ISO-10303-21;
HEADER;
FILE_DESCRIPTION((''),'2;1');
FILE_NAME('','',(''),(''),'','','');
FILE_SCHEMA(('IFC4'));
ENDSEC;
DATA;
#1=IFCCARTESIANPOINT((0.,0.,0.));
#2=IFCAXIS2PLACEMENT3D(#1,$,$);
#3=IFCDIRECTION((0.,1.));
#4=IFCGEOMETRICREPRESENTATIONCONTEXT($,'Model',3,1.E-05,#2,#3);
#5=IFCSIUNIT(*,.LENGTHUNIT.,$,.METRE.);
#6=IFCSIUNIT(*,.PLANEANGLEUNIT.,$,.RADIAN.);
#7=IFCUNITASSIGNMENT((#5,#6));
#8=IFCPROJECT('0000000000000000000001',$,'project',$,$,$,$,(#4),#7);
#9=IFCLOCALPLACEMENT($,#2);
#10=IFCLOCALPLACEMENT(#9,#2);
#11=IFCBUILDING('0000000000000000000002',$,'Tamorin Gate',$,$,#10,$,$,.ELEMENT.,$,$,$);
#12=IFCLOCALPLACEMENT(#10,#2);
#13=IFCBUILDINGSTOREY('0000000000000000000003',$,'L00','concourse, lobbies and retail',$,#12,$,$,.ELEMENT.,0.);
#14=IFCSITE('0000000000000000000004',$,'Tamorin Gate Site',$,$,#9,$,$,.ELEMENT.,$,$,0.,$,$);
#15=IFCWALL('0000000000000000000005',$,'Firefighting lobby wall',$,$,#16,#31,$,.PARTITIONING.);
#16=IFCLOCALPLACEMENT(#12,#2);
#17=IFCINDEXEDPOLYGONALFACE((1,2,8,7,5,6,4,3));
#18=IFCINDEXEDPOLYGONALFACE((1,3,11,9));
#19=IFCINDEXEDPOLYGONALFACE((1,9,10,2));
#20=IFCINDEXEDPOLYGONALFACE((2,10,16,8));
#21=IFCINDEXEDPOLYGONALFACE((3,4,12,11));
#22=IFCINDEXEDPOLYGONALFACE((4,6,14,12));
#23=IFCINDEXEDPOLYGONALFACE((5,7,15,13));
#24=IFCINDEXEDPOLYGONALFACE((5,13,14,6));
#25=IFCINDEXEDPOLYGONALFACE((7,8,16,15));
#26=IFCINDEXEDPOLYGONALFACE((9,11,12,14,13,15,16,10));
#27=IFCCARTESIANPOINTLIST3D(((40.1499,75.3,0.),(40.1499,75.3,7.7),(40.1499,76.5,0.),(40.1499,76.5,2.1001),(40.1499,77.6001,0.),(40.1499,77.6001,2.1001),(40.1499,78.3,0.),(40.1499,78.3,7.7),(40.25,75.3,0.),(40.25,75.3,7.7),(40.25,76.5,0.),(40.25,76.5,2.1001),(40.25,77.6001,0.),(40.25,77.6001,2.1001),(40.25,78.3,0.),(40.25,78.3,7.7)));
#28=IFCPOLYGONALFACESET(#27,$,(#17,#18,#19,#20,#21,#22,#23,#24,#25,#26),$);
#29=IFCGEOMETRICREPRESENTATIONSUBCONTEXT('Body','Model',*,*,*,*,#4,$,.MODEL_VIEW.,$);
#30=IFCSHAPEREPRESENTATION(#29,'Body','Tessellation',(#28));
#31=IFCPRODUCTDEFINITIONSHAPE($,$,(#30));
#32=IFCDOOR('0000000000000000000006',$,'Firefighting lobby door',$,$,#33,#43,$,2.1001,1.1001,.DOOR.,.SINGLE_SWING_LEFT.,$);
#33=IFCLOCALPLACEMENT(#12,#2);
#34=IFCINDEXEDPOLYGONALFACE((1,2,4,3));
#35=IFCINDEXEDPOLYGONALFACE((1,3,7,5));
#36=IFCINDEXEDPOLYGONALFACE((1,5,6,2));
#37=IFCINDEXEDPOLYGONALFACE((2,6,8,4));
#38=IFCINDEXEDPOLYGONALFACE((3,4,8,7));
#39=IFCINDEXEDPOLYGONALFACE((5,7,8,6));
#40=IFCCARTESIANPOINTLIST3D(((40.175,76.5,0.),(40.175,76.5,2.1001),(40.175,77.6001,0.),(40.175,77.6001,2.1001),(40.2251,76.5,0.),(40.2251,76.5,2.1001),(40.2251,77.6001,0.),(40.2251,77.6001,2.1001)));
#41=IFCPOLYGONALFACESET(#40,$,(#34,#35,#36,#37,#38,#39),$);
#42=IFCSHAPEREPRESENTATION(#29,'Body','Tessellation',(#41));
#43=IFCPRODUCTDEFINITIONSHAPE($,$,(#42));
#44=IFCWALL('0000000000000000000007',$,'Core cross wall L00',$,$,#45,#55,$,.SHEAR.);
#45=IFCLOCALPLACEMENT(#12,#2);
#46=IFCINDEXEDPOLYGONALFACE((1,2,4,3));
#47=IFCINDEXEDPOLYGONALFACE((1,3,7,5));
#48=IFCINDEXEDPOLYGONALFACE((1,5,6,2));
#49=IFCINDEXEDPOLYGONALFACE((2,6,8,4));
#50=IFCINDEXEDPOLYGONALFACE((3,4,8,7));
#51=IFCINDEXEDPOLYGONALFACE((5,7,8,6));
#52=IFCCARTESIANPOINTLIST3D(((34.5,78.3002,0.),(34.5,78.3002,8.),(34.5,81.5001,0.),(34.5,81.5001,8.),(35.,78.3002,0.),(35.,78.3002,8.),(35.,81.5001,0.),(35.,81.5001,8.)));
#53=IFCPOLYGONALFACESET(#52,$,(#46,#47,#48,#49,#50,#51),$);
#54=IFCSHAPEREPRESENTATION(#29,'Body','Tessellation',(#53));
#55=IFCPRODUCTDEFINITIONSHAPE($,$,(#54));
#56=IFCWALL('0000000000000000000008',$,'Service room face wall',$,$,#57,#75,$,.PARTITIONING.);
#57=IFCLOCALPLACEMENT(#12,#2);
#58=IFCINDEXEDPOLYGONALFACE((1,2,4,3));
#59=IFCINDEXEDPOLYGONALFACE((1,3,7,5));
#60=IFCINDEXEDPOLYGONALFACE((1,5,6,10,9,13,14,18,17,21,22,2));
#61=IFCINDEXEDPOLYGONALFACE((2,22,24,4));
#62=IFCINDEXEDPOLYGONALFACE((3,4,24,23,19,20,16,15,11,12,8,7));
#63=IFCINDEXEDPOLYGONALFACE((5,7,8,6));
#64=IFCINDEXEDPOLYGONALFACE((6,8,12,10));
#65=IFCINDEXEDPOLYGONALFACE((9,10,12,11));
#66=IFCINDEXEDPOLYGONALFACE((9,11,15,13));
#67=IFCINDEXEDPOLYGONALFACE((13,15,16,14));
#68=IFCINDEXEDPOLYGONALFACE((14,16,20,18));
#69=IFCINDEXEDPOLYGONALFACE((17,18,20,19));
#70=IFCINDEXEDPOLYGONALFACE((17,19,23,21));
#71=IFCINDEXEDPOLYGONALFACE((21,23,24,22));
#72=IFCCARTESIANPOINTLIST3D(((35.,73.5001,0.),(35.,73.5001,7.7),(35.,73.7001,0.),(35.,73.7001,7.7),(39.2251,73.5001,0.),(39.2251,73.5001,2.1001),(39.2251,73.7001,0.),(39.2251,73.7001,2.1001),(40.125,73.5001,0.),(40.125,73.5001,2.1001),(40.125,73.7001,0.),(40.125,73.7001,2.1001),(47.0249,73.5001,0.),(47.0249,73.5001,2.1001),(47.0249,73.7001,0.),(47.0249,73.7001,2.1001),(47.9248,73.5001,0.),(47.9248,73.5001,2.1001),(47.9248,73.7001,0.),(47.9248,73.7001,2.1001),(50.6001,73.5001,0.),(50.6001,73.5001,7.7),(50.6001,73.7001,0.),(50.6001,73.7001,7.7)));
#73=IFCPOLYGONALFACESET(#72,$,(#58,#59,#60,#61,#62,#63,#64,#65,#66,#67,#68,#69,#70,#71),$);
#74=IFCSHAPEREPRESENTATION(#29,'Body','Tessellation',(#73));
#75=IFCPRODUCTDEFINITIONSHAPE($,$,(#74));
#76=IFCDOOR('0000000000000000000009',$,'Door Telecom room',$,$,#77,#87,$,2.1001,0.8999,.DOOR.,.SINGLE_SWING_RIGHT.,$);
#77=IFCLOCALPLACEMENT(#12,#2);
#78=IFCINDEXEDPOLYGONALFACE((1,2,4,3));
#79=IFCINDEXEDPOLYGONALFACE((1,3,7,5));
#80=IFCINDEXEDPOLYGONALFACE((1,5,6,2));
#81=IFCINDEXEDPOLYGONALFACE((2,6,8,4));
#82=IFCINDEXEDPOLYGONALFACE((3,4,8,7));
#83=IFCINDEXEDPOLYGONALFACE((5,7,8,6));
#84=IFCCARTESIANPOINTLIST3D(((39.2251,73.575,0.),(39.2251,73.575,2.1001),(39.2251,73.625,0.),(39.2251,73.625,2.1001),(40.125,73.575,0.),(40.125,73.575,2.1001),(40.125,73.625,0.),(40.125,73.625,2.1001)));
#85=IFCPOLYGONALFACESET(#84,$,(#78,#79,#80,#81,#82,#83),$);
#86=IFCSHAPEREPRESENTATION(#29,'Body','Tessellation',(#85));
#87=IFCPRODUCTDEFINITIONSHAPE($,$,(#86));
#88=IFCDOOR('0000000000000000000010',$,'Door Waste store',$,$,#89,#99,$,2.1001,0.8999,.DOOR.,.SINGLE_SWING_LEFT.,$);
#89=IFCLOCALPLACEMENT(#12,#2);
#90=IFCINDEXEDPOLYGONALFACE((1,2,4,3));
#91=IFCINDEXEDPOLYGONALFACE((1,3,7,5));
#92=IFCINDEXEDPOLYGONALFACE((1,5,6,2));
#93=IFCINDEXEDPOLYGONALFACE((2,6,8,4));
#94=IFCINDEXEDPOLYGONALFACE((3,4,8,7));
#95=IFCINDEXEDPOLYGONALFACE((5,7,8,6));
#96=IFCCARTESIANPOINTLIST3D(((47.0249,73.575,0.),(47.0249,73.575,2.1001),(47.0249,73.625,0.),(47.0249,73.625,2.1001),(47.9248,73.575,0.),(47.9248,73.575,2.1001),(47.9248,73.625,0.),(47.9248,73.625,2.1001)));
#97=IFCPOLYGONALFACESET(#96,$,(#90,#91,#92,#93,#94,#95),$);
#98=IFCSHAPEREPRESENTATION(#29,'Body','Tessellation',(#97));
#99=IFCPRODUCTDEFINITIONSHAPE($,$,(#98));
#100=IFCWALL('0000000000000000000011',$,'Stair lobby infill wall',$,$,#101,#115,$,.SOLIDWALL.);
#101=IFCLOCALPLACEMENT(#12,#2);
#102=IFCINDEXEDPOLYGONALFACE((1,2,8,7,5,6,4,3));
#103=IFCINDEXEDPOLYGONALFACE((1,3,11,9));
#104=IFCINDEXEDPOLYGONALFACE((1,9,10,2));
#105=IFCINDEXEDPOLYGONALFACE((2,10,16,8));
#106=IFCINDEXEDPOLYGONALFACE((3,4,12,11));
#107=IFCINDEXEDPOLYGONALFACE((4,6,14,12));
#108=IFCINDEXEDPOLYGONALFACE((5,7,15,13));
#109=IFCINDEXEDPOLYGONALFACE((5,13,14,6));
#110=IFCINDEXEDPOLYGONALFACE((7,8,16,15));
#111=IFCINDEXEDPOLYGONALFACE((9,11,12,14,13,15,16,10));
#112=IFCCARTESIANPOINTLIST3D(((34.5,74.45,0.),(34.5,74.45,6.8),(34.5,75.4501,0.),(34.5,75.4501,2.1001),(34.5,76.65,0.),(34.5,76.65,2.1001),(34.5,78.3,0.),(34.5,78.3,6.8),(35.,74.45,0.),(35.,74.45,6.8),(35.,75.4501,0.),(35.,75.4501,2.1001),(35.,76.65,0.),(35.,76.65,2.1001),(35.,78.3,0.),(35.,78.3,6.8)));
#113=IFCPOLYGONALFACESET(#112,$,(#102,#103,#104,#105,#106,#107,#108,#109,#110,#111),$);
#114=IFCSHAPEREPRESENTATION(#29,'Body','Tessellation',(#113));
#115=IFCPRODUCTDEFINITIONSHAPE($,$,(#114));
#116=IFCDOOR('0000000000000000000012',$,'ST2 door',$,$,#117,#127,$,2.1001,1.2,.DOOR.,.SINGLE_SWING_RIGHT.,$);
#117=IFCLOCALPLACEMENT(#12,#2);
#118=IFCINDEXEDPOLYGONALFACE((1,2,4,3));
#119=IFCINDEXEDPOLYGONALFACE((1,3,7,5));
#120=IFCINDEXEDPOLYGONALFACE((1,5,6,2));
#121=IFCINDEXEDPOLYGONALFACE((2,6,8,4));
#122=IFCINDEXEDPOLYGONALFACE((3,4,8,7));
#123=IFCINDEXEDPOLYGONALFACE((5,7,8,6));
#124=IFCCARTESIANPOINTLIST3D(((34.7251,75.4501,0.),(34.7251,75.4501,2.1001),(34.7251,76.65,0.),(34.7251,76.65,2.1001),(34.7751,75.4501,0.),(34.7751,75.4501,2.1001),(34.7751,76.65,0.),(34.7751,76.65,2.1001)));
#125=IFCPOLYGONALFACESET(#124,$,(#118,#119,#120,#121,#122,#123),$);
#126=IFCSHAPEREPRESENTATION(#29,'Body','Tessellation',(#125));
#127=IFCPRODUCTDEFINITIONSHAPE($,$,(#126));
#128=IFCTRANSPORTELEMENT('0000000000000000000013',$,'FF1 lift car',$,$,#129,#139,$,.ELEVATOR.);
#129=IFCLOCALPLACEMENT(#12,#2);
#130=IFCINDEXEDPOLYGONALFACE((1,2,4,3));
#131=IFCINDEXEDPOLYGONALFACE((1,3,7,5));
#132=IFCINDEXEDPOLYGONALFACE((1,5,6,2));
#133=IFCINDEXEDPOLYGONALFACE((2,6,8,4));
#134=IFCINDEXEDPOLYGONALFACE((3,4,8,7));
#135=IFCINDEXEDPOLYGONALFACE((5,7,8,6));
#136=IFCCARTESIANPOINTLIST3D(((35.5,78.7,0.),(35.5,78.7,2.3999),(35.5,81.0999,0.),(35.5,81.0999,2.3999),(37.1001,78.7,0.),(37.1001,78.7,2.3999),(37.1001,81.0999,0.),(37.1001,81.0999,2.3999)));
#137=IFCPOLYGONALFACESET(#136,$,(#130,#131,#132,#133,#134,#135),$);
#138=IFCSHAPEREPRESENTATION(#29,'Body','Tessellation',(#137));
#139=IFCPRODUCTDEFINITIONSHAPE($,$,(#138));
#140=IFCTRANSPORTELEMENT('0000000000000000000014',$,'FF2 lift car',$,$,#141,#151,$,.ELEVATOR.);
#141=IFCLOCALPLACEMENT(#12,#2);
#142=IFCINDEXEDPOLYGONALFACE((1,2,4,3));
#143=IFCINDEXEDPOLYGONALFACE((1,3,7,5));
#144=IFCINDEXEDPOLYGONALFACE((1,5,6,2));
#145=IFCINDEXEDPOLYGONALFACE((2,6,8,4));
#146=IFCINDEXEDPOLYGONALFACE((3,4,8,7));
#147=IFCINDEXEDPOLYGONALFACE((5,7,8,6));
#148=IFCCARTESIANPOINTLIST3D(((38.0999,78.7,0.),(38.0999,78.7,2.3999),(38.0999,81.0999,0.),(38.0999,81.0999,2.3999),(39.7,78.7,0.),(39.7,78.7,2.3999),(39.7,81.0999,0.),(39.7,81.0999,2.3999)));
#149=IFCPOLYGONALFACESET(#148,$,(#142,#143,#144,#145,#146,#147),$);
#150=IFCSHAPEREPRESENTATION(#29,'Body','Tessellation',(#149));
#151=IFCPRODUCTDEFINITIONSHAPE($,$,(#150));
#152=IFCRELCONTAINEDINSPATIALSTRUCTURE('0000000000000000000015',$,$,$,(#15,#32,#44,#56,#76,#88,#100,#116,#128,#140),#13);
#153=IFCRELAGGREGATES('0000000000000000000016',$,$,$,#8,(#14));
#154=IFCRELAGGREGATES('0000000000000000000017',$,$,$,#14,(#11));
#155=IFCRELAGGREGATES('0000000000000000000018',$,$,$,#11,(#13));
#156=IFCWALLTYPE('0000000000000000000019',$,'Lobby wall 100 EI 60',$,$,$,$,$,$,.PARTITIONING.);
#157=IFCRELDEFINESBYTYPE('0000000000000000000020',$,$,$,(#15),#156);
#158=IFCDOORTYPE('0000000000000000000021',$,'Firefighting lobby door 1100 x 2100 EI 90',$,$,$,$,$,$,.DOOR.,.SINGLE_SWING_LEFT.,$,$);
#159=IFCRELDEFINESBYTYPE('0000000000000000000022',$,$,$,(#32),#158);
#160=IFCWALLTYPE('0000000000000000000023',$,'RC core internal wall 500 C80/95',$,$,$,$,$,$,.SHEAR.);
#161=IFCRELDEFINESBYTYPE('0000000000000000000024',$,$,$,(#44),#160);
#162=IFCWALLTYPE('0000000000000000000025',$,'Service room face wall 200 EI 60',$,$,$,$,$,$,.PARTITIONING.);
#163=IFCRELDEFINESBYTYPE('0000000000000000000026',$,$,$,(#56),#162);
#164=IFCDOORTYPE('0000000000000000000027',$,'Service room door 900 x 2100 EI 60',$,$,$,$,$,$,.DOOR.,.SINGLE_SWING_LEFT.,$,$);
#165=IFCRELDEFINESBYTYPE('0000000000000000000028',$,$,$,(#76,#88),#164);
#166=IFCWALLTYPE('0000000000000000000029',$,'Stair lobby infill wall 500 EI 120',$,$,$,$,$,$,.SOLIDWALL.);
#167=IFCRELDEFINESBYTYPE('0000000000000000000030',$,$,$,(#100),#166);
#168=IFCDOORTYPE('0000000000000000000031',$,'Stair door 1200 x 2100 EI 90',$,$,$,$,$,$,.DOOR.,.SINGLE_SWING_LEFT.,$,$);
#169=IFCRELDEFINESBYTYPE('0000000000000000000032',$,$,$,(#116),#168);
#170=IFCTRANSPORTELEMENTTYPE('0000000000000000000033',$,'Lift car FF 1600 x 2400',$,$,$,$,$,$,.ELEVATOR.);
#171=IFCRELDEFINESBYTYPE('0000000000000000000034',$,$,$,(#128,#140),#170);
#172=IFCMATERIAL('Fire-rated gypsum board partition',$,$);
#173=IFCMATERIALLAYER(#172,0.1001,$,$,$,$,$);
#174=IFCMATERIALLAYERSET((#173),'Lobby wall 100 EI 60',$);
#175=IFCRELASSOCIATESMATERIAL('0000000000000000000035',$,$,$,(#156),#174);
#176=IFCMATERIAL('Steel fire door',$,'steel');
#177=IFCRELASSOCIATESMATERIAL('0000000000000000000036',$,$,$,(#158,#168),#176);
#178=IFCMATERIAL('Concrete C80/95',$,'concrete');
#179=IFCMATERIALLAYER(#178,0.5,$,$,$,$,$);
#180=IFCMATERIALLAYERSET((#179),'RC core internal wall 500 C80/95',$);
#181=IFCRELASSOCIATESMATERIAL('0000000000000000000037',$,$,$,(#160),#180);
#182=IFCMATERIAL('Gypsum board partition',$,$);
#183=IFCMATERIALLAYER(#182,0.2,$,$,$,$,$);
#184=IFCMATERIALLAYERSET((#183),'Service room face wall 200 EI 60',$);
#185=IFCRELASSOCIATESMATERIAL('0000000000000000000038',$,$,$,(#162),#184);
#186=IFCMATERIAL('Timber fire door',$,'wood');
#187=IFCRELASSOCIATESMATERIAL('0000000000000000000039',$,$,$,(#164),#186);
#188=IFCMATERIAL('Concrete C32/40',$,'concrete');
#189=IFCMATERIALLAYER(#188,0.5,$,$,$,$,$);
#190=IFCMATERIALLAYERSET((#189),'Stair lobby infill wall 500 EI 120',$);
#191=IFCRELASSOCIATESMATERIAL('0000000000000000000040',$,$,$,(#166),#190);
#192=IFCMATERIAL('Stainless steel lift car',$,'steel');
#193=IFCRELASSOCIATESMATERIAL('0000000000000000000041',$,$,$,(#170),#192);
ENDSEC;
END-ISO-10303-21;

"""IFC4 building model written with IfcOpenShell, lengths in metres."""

from ifc_helpers import new_model, si_unit, direction, frame, frame_2d, origin, origin_2d, place, context, subcontext, project, spatial, rectangle, extrude, material, layer, layer_set, type_object, element, fill, save


model = new_model("IFC4")

# Units and contexts
model_context = context("Model", 3, precision=1e-05, world=origin(), true_north=direction((0.0, 1.0)))
body_context = subcontext(model_context, "Body", "Model", "MODEL_VIEW")
ifc_project = project(units=[si_unit("LENGTHUNIT", "METRE"), si_unit("PLANEANGLEUNIT", "RADIAN")], contexts=[model_context])

# Site, building, storey
site_placement = place(None, origin())
site = spatial("IfcSite", under=ifc_project, at=site_placement, Name="Tamorin Gate Site", CompositionType="ELEMENT", RefElevation=0.0)
building_placement = place(site_placement, origin())
building = spatial("IfcBuilding", under=site, at=building_placement, Name="Tamorin Gate", CompositionType="ELEMENT")
storey_placement = place(building_placement, origin())
storey = spatial("IfcBuildingStorey", under=building, at=storey_placement, Name="L00", Description="concourse, lobbies and retail", CompositionType="ELEMENT", Elevation=0.0)

# Shared definitions
ifc_material_1 = material(Name="Concrete C80/95", Category="concrete")

# Shared definitions
ifc_material_2 = material(Name="Concrete C32/40", Category="concrete")

# Shared definitions
ifc_material_3 = material(Name="Fire-rated gypsum board partition")
ifc_layer_1 = layer(ifc_material_3, 0.1001)
ifc_layer_set_1 = layer_set([ifc_layer_1], Name="Lobby wall 100 EI 60")
wall_type_1 = type_object("IfcWallType", Name="Lobby wall 100 EI 60", PredefinedType="PARTITIONING", material=ifc_layer_set_1)

# Wall, opening, door
wall_1_placement = place(storey_placement, frame((40.2, 75.3, 0.0), z_axis=(0.0, 0.0, 1.0), x_axis=(0.0, 1.0, 0.0)))
wall_1 = element("IfcWall", 1, at=wall_1_placement, inside=storey, type_object=wall_type_1, Name="Firefighting lobby wall", PredefinedType="PARTITIONING", context=body_context, shape_type="SweptSolid", body=[
    extrude(rectangle(XDim=3.0, YDim=0.1001, at=frame_2d((1.5, 0.0))), origin(), (0.0, 0.0, 1.0), 7.7),
])
opening_1_placement = place(wall_1_placement, frame((1.2, 0.0, 0.0)))
opening_1 = element("IfcOpeningElement", 2, at=opening_1_placement, cuts=wall_1, PredefinedType="OPENING", context=body_context, shape_type="SweptSolid", body=[
    extrude(rectangle(XDim=1.1001, YDim=2.1001, at=frame_2d((0.55, 1.05))), frame((0.0, 0.0601, 0.0), z_axis=(0.0, -1.0, 0.0), x_axis=(1.0, 0.0, 0.0)), (0.0, 0.0, 1.0), 0.1201),
])
ifc_material_4 = material(Name="Steel fire door", Category="steel")
door_type_1 = type_object("IfcDoorType", Name="Firefighting lobby door 1100 x 2100 EI 90", OperationType="SINGLE_SWING_LEFT", PredefinedType="DOOR", material=ifc_material_4)
door_1_placement = place(opening_1_placement, origin())
door_1 = element("IfcDoor", 3, at=door_1_placement, inside=storey, type_object=door_type_1, Name="Firefighting lobby door", OperationType="SINGLE_SWING_LEFT", OverallHeight=2.1001, OverallWidth=1.1001, PredefinedType="DOOR", context=body_context, shape_type="SweptSolid", body=[
    extrude(rectangle(XDim=1.1001, YDim=2.1001, at=frame_2d((0.55, 1.05))), frame((0.0, 0.0249, 0.0), z_axis=(0.0, -1.0, 0.0), x_axis=(1.0, 0.0, 0.0)), (0.0, 0.0, 1.0), 0.05),
])
fill(opening_1, door_1)

# Wall
ifc_layer_2 = layer(ifc_material_1, 0.5)
ifc_layer_set_2 = layer_set([ifc_layer_2], Name="RC core internal wall 500 C80/95")
wall_type_2 = type_object("IfcWallType", Name="RC core internal wall 500 C80/95", PredefinedType="SHEAR", material=ifc_layer_set_2)
wall_2_placement = place(storey_placement, frame((34.75, 78.3, 0.0), z_axis=(0.0, 0.0, 1.0), x_axis=(0.0, 1.0, 0.0)))
element("IfcWall", 4, at=wall_2_placement, inside=storey, type_object=wall_type_2, Name="Core cross wall L00", PredefinedType="SHEAR", context=body_context, shape_type="SweptSolid", body=[
    extrude(rectangle(XDim=3.2, YDim=0.5, at=frame_2d((1.6001, 0.0))), origin(), (0.0, 0.0, 1.0), 8.0),
])

# Wall, openings, doors
ifc_material_5 = material(Name="Gypsum board partition")
ifc_layer_3 = layer(ifc_material_5, 0.2)
ifc_layer_set_3 = layer_set([ifc_layer_3], Name="Service room face wall 200 EI 60")
wall_type_3 = type_object("IfcWallType", Name="Service room face wall 200 EI 60", PredefinedType="PARTITIONING", material=ifc_layer_set_3)
wall_3_placement = place(storey_placement, frame((35.0, 73.6001, 0.0), z_axis=(0.0, 0.0, 1.0), x_axis=(1.0, 0.0, 0.0)))
wall_3 = element("IfcWall", 5, at=wall_3_placement, inside=storey, type_object=wall_type_3, Name="Service room face wall", PredefinedType="PARTITIONING", context=body_context, shape_type="SweptSolid", body=[
    extrude(rectangle(XDim=15.6001, YDim=0.2, at=frame_2d((7.8, 0.0))), origin(), (0.0, 0.0, 1.0), 7.7),
])
opening_2_placement = place(wall_3_placement, frame((4.2251, 0.0, 0.0)))
opening_2 = element("IfcOpeningElement", 6, at=opening_2_placement, cuts=wall_3, PredefinedType="OPENING", context=body_context, shape_type="SweptSolid", body=[
    extrude(rectangle(XDim=0.8999, YDim=2.1001, at=frame_2d((0.45, 1.05))), frame((0.0, 0.1099, 0.0), z_axis=(0.0, -1.0, 0.0), x_axis=(1.0, 0.0, 0.0)), (0.0, 0.0, 1.0), 0.22),
])
opening_3_placement = place(wall_3_placement, frame((12.0249, 0.0, 0.0)))
opening_3 = element("IfcOpeningElement", 7, at=opening_3_placement, cuts=wall_3, PredefinedType="OPENING", context=body_context, shape_type="SweptSolid", body=[
    extrude(rectangle(XDim=0.8999, YDim=2.1001, at=frame_2d((0.45, 1.05))), frame((0.0, 0.1099, 0.0), z_axis=(0.0, -1.0, 0.0), x_axis=(1.0, 0.0, 0.0)), (0.0, 0.0, 1.0), 0.22),
])
ifc_material_6 = material(Name="Timber fire door", Category="wood")
door_type_2 = type_object("IfcDoorType", Name="Service room door 900 x 2100 EI 60", OperationType="SINGLE_SWING_LEFT", PredefinedType="DOOR", material=ifc_material_6)
door_2_placement = place(opening_2_placement, origin())
door_2 = element("IfcDoor", 8, at=door_2_placement, inside=storey, type_object=door_type_2, Name="Door Telecom room", OperationType="SINGLE_SWING_RIGHT", OverallHeight=2.1001, OverallWidth=0.8999, PredefinedType="DOOR", context=body_context, shape_type="SweptSolid", body=[
    extrude(rectangle(XDim=0.8999, YDim=2.1001, at=frame_2d((0.45, 1.05))), frame((0.0, 0.0249, 0.0), z_axis=(0.0, -1.0, 0.0), x_axis=(1.0, 0.0, 0.0)), (0.0, 0.0, 1.0), 0.05),
])
fill(opening_2, door_2)
door_3_placement = place(opening_3_placement, origin())
door_3 = element("IfcDoor", 9, at=door_3_placement, inside=storey, type_object=door_type_2, Name="Door Waste store", OperationType="SINGLE_SWING_LEFT", OverallHeight=2.1001, OverallWidth=0.8999, PredefinedType="DOOR", context=body_context, shape_type="SweptSolid", body=[
    extrude(rectangle(XDim=0.8999, YDim=2.1001, at=frame_2d((0.45, 1.05))), frame((0.0, 0.0249, 0.0), z_axis=(0.0, -1.0, 0.0), x_axis=(1.0, 0.0, 0.0)), (0.0, 0.0, 1.0), 0.05),
])
fill(opening_3, door_3)

# Wall, opening, door
ifc_layer_4 = layer(ifc_material_2, 0.5)
ifc_layer_set_4 = layer_set([ifc_layer_4], Name="Stair lobby infill wall 500 EI 120")
wall_type_4 = type_object("IfcWallType", Name="Stair lobby infill wall 500 EI 120", PredefinedType="SOLIDWALL", material=ifc_layer_set_4)
wall_4_placement = place(storey_placement, frame((34.75, 74.45, 0.0), z_axis=(0.0, 0.0, 1.0), x_axis=(0.0, 1.0, 0.0)))
wall_4 = element("IfcWall", 10, at=wall_4_placement, inside=storey, type_object=wall_type_4, Name="Stair lobby infill wall", PredefinedType="SOLIDWALL", context=body_context, shape_type="SweptSolid", body=[
    extrude(rectangle(XDim=3.8501, YDim=0.5, at=frame_2d((1.925, 0.0))), origin(), (0.0, 0.0, 1.0), 6.8),
])
opening_4_placement = place(wall_4_placement, frame((1.0, 0.0, 0.0)))
opening_4 = element("IfcOpeningElement", 11, at=opening_4_placement, cuts=wall_4, PredefinedType="OPENING", context=body_context, shape_type="SweptSolid", body=[
    extrude(rectangle(XDim=1.2, YDim=2.1001, at=frame_2d((0.6001, 1.05))), frame((0.0, 0.26, 0.0), z_axis=(0.0, -1.0, 0.0), x_axis=(1.0, 0.0, 0.0)), (0.0, 0.0, 1.0), 0.52),
])
door_type_3 = type_object("IfcDoorType", Name="Stair door 1200 x 2100 EI 90", OperationType="SINGLE_SWING_LEFT", PredefinedType="DOOR", material=ifc_material_4)
door_4_placement = place(opening_4_placement, origin())
door_4 = element("IfcDoor", 12, at=door_4_placement, inside=storey, type_object=door_type_3, Name="ST2 door", OperationType="SINGLE_SWING_RIGHT", OverallHeight=2.1001, OverallWidth=1.2, PredefinedType="DOOR", context=body_context, shape_type="SweptSolid", body=[
    extrude(rectangle(XDim=1.2, YDim=2.1001, at=frame_2d((0.6001, 1.05))), frame((0.0, 0.0249, 0.0), z_axis=(0.0, -1.0, 0.0), x_axis=(1.0, 0.0, 0.0)), (0.0, 0.0, 1.0), 0.05),
])
fill(opening_4, door_4)

# Transport elements
ifc_material_7 = material(Name="Stainless steel lift car", Category="steel")
transport_element_type = type_object("IfcTransportElementType", Name="Lift car FF 1600 x 2400", PredefinedType="ELEVATOR", material=ifc_material_7)
for number, where, z_axis, x_axis, name in (
    (13, (36.3, 79.8999, 0.0), (0.0, 0.0, 1.0), (1.0, 0.0, 0.0), "FF1 lift car"),
    (14, (38.8999, 79.8999, 0.0), (0.0, 0.0, 1.0), (1.0, 0.0, 0.0), "FF2 lift car"),
):
    element("IfcTransportElement", number, at=place(storey_placement, frame(where, z_axis=z_axis, x_axis=x_axis)), inside=storey, type_object=transport_element_type, Name=name, PredefinedType="ELEVATOR", context=body_context, shape_type="SweptSolid", body=[
        extrude(rectangle(XDim=1.6001, YDim=2.3999, at=origin_2d()), origin(), (0.0, 0.0, 1.0), 2.3999),
    ])

save(model, "model.ifc")
